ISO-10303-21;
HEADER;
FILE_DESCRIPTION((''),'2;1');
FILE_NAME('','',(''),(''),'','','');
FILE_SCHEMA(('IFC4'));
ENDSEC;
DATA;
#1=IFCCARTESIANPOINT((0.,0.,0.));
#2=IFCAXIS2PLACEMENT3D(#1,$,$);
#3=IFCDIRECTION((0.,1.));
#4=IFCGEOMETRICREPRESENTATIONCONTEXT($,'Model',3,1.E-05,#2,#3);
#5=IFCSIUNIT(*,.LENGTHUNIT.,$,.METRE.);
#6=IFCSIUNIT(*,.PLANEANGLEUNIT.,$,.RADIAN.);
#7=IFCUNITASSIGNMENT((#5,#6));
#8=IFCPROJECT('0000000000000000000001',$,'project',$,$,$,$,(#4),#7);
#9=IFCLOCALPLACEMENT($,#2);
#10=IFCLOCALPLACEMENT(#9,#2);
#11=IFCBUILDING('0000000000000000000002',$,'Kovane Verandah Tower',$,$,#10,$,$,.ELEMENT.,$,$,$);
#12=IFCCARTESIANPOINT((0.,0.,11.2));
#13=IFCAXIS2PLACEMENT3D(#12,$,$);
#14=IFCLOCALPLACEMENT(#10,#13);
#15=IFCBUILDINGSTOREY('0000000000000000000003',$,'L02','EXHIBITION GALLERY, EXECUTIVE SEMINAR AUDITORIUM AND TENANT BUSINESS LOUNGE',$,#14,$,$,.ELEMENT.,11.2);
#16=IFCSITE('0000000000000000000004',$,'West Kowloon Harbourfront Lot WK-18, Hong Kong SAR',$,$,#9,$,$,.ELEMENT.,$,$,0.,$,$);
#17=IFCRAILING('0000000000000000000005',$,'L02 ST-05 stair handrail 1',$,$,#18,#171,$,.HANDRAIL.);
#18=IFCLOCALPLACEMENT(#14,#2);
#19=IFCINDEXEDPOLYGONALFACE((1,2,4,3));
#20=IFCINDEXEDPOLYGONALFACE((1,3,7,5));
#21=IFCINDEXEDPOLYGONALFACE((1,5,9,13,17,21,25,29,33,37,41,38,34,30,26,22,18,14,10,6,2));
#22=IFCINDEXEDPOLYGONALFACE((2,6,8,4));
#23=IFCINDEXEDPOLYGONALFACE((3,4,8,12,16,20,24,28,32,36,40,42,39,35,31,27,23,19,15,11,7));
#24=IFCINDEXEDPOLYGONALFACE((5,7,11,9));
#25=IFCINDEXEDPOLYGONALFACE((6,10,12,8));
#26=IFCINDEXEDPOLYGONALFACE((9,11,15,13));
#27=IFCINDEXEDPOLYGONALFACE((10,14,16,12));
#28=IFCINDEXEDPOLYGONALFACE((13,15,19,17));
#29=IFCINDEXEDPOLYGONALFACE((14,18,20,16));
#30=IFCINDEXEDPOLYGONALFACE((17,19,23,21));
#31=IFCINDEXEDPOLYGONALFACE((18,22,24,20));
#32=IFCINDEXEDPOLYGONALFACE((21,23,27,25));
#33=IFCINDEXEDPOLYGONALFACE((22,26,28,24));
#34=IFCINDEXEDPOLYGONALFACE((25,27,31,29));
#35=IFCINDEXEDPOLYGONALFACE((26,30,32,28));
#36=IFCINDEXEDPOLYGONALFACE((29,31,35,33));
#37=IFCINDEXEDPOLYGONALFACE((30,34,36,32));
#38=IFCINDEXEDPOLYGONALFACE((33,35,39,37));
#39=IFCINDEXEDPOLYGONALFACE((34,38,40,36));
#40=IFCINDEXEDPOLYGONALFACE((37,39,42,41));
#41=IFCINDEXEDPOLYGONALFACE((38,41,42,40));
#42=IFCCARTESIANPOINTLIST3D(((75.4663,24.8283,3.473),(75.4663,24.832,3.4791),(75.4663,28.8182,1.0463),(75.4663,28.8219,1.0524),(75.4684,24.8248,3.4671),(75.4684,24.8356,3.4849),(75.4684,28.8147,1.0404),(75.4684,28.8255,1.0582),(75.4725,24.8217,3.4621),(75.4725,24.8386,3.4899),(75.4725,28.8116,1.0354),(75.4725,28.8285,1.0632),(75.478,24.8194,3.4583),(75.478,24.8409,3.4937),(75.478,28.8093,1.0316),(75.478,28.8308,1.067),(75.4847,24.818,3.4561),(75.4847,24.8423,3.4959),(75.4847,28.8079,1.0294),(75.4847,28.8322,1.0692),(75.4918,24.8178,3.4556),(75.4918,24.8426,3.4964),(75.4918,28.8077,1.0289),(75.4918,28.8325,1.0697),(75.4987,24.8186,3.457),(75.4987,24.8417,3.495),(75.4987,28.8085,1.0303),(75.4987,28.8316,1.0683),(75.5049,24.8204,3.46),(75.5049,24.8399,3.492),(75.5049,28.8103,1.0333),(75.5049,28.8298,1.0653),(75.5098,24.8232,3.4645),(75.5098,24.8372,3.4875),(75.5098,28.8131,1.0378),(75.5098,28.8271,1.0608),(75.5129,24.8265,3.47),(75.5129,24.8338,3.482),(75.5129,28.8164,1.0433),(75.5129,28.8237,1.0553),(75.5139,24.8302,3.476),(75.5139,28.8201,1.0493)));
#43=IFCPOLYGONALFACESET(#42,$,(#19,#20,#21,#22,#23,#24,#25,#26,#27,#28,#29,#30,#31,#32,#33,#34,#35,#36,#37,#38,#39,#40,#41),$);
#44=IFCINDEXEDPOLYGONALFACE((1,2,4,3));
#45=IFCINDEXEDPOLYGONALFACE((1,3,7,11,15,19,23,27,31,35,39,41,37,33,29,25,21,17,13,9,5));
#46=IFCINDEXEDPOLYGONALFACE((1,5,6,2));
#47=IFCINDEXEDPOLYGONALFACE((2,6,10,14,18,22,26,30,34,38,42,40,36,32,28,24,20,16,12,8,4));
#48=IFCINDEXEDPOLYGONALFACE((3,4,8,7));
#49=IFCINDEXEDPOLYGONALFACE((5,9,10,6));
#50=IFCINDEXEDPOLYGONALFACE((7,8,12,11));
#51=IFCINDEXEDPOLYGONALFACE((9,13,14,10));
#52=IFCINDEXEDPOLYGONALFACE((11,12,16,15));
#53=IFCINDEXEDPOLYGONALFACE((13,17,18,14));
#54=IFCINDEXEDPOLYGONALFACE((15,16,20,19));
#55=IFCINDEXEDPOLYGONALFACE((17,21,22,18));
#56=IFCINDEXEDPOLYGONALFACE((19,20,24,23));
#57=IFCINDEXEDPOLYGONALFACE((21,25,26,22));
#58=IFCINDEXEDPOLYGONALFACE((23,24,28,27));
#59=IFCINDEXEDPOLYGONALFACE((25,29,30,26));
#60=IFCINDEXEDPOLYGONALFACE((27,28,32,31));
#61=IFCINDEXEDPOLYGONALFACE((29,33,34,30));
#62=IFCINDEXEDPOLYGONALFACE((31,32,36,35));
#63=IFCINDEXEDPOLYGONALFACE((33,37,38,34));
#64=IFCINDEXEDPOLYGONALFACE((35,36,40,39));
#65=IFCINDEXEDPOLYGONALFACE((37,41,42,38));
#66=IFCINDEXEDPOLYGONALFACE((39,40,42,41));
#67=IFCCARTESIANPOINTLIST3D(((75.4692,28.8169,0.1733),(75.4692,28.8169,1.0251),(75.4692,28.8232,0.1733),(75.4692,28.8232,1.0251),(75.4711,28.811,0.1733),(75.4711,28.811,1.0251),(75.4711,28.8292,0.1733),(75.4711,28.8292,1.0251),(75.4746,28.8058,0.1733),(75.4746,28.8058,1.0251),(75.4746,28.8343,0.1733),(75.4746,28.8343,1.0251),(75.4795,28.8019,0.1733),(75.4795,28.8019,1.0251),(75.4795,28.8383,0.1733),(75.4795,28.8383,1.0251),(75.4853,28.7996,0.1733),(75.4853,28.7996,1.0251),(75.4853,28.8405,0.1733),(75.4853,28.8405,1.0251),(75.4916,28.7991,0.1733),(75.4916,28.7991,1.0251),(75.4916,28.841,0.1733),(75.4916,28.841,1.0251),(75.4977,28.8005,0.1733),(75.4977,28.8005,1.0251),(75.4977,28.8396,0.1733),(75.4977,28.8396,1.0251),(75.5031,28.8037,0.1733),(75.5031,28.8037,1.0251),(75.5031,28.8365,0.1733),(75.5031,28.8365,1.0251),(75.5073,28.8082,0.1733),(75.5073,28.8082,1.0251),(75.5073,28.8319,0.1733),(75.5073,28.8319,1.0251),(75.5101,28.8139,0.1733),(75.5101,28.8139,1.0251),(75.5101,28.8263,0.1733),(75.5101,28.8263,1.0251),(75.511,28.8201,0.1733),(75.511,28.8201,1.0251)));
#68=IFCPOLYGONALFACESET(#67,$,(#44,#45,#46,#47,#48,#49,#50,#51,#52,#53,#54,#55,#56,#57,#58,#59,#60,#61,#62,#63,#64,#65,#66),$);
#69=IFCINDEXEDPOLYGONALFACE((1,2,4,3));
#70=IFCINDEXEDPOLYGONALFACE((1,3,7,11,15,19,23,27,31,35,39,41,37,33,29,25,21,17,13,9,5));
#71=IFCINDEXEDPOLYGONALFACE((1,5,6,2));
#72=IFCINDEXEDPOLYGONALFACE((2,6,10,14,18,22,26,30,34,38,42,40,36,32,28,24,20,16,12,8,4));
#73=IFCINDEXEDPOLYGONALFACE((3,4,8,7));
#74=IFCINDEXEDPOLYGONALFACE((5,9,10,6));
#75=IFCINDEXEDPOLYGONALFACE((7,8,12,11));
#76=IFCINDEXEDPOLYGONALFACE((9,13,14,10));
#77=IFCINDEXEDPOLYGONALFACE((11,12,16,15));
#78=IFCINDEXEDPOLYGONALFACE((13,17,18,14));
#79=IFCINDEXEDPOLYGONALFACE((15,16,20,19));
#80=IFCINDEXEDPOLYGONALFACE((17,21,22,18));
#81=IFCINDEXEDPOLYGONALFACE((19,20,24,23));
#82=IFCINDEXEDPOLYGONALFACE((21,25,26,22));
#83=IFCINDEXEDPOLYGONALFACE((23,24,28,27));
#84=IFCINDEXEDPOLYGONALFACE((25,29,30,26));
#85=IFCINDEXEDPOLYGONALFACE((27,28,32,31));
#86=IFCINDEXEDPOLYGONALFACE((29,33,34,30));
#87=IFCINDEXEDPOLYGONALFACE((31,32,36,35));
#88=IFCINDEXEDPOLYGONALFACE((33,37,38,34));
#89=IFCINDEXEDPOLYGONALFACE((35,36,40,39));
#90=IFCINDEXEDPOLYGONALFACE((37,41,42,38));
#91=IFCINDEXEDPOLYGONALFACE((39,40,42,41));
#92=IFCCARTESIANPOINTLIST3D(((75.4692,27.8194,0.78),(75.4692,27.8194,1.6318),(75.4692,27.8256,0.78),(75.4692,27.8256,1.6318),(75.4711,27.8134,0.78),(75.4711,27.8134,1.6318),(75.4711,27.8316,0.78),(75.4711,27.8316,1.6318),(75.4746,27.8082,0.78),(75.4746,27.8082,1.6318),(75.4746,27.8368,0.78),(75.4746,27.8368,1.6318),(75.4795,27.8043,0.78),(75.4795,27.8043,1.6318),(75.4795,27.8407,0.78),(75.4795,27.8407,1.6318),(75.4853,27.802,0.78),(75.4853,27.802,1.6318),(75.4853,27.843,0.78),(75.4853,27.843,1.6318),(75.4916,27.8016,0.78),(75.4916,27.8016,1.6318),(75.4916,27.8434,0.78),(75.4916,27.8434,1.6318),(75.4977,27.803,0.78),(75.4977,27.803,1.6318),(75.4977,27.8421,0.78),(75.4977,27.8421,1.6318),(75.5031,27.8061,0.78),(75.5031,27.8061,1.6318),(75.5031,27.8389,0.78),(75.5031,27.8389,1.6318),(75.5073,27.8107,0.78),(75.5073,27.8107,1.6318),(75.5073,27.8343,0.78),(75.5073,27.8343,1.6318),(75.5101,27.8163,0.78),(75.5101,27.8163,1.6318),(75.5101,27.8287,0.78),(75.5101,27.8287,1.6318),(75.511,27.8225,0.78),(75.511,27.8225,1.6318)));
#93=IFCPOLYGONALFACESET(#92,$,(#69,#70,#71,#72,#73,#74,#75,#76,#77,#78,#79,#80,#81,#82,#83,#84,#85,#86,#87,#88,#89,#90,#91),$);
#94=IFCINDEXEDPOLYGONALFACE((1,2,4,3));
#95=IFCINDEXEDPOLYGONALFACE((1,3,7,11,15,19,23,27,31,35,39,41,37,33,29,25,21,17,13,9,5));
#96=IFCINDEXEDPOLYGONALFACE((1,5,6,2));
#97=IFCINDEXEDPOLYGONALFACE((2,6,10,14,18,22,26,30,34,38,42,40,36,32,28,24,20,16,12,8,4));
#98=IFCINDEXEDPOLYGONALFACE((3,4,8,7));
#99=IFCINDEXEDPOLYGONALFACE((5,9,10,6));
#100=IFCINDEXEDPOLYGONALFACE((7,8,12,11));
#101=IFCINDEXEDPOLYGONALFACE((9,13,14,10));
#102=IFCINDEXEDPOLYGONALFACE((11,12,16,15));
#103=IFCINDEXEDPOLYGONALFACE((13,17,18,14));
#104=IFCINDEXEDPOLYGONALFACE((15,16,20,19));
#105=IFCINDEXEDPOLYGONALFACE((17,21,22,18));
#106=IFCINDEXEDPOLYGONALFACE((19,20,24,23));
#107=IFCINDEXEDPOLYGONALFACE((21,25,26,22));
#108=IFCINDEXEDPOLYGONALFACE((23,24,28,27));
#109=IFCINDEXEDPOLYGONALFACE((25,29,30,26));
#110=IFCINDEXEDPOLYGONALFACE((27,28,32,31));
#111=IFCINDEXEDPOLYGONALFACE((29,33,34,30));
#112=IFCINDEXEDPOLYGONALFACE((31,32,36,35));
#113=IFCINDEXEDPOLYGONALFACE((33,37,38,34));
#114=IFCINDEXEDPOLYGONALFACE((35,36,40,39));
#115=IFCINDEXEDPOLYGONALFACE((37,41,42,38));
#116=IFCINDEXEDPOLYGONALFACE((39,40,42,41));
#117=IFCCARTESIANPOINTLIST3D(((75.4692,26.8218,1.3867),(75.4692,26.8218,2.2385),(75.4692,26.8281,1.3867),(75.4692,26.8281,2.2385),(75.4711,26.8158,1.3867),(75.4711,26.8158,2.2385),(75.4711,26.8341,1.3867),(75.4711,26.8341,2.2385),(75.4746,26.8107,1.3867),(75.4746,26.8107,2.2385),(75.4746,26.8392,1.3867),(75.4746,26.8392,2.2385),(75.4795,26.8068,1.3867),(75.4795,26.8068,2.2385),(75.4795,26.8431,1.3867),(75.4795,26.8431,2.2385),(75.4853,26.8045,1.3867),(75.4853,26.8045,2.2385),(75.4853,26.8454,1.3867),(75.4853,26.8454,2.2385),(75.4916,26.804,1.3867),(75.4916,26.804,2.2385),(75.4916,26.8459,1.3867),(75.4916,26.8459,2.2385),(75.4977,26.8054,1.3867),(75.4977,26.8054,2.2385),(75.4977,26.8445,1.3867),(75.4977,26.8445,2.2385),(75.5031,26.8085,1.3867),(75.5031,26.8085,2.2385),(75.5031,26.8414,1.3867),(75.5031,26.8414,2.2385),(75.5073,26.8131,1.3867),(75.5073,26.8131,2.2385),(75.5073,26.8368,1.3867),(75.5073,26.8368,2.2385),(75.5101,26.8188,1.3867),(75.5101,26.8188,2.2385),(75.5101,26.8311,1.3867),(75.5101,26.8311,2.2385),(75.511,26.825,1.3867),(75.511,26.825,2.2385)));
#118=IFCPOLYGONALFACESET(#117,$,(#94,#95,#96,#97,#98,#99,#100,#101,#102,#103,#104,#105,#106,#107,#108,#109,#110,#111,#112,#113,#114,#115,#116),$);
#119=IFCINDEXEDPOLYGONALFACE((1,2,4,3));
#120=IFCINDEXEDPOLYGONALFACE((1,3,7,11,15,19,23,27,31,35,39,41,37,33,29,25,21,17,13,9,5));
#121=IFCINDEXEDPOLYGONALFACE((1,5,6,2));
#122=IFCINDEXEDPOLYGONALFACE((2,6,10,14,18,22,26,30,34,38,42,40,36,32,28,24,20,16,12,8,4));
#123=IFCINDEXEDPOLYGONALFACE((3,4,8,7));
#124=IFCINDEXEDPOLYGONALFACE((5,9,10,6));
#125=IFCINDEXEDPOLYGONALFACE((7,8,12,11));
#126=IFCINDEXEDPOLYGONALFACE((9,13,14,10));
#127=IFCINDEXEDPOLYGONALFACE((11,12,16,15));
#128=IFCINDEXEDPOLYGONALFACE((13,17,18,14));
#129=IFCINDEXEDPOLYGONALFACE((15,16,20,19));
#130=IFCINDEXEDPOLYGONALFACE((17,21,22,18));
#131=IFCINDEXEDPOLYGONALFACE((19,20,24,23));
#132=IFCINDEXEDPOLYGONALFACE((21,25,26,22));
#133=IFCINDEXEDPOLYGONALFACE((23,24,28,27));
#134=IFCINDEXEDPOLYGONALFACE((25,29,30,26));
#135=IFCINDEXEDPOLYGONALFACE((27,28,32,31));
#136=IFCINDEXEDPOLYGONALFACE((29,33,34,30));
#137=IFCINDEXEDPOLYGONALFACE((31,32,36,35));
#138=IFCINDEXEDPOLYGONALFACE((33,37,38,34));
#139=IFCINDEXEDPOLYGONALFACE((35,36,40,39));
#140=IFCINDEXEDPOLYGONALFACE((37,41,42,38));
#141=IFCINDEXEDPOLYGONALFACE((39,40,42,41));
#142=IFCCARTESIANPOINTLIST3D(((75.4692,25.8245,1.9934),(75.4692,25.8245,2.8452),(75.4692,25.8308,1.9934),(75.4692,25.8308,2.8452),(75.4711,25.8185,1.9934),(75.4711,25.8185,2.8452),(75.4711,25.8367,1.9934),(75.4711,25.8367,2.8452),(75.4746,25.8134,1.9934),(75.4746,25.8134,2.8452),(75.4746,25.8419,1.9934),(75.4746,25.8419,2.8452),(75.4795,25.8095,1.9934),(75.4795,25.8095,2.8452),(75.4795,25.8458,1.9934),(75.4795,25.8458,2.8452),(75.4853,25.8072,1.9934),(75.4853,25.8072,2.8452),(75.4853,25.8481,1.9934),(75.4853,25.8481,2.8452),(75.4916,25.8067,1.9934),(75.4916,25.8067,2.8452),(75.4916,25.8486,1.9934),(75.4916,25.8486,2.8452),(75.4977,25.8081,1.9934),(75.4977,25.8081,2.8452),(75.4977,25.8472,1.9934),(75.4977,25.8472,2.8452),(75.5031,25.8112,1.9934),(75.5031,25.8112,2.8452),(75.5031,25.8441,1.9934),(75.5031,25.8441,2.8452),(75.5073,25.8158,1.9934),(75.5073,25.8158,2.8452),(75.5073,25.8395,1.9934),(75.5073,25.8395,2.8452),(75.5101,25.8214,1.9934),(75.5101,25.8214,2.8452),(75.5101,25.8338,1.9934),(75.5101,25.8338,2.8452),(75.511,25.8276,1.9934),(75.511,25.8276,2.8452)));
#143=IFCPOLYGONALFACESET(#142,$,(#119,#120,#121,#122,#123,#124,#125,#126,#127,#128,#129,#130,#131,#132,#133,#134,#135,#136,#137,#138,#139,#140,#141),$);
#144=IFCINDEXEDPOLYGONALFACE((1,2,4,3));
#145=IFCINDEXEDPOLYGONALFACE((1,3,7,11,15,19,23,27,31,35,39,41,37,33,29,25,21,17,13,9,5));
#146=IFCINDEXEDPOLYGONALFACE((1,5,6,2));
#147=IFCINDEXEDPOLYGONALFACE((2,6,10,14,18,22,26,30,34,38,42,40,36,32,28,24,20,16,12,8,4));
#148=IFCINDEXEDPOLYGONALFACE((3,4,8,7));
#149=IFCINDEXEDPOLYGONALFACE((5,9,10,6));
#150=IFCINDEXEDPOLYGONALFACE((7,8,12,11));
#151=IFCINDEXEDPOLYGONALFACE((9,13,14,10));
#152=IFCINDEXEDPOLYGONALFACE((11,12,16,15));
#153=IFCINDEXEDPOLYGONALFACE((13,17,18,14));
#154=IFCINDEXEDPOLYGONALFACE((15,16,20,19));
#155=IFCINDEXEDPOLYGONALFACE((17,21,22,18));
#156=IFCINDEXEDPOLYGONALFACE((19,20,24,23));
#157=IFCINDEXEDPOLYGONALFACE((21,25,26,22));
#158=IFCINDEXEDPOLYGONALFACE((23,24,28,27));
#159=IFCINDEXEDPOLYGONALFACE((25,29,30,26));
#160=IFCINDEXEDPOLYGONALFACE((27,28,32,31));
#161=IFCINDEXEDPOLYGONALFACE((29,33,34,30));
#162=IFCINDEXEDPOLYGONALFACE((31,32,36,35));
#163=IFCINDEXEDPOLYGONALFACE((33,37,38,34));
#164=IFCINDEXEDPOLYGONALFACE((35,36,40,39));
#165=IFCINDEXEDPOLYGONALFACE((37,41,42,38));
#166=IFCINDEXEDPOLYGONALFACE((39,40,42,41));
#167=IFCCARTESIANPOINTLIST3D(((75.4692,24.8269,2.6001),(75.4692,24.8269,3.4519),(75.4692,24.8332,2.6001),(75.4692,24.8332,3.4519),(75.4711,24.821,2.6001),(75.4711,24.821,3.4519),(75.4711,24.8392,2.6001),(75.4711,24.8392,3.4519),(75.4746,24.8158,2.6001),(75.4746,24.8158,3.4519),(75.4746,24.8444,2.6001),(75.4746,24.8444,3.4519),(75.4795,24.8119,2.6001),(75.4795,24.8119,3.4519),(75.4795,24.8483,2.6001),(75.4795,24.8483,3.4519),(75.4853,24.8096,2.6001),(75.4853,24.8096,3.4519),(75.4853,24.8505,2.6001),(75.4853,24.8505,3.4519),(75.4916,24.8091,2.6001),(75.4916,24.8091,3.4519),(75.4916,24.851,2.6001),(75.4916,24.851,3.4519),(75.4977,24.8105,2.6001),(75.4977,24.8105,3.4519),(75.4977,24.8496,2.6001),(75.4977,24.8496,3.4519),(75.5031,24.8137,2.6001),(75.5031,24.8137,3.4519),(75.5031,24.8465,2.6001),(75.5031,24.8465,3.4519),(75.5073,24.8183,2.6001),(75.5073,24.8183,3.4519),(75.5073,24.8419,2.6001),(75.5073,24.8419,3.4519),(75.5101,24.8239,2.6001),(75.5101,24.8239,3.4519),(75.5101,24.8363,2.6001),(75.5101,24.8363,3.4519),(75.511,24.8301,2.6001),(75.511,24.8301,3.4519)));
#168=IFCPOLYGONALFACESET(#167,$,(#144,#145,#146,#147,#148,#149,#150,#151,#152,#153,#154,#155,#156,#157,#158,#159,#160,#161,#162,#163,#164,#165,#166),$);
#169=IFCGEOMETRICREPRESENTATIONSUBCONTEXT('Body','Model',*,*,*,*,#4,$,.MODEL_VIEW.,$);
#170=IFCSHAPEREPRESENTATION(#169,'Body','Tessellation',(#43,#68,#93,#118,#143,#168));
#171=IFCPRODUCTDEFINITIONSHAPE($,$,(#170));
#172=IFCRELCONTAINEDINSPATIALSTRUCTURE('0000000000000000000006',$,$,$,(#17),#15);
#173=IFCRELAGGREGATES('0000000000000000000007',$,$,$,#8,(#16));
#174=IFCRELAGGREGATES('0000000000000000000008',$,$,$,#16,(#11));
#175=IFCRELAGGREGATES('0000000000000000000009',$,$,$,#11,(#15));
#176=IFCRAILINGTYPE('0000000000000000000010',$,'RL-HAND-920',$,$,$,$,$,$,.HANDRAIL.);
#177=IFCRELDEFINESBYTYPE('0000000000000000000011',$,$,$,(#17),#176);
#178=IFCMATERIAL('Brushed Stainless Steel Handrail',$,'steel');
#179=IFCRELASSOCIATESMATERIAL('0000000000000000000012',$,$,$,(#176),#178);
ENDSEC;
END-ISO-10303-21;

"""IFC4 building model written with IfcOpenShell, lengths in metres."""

from ifc_helpers import new_model, si_unit, direction, frame, origin, origin_2d, place, context, subcontext, project, spatial, circle, extrude, material, type_object, element, save


model = new_model("IFC4")

# Units and contexts
model_context = context("Model", 3, precision=1e-05, world=origin(), true_north=direction((0.0, 1.0)))
body_context = subcontext(model_context, "Body", "Model", "MODEL_VIEW")
ifc_project = project(units=[si_unit("LENGTHUNIT", "METRE"), si_unit("PLANEANGLEUNIT", "RADIAN")], contexts=[model_context])

# Site, building, storey
site_placement = place(None, origin())
site = spatial("IfcSite", under=ifc_project, at=site_placement, Name="West Kowloon Harbourfront Lot WK-18, Hong Kong SAR", CompositionType="ELEMENT", RefElevation=0.0)
building_placement = place(site_placement, origin())
building = spatial("IfcBuilding", under=site, at=building_placement, Name="Kovane Verandah Tower", CompositionType="ELEMENT")
storey_placement = place(building_placement, frame((0.0, 0.0, 11.2)))
storey = spatial("IfcBuildingStorey", under=building, at=storey_placement, Name="L02", Description="EXHIBITION GALLERY, EXECUTIVE SEMINAR AUDITORIUM AND TENANT BUSINESS LOUNGE", CompositionType="ELEMENT", Elevation=11.2)

# Railing
ifc_material_1 = material(Name="Brushed Stainless Steel Handrail", Category="steel")
railing_type_1 = type_object("IfcRailingType", Name="RL-HAND-920", PredefinedType="HANDRAIL", material=ifc_material_1)
railing_1_placement = place(storey_placement, frame((75.49, 28.8201, 0.1733)))
element("IfcRailing", 1, at=railing_1_placement, inside=storey, type_object=railing_type_1, Name="L02 ST-05 stair handrail 1", PredefinedType="HANDRAIL", context=body_context, shape_type="SweptSolid", body=[
    extrude(circle(Radius=0.0239, at=origin_2d()), frame((0.0, 0.0, 0.876), z_axis=(0.0, -0.854382, 0.519645), x_axis=(1.0, 0.0, 0.0)), (0.0, 0.0, 1.0), 4.6699),
    extrude(circle(Radius=0.021, at=origin_2d()), origin(), (0.0, 0.0, 1.0), 0.8518),
    extrude(circle(Radius=0.021, at=origin_2d()), frame((0.0, -0.9976, 0.6067)), (0.0, 0.0, 1.0), 0.8518),
    extrude(circle(Radius=0.021, at=origin_2d()), frame((0.0, -1.9951, 1.2134)), (0.0, 0.0, 1.0), 0.8518),
    extrude(circle(Radius=0.021, at=origin_2d()), frame((0.0, -2.9924, 1.8201)), (0.0, 0.0, 1.0), 0.8518),
    extrude(circle(Radius=0.021, at=origin_2d()), frame((0.0, -3.99, 2.4268)), (0.0, 0.0, 1.0), 0.8518),
])

save(model, "model.ifc")
